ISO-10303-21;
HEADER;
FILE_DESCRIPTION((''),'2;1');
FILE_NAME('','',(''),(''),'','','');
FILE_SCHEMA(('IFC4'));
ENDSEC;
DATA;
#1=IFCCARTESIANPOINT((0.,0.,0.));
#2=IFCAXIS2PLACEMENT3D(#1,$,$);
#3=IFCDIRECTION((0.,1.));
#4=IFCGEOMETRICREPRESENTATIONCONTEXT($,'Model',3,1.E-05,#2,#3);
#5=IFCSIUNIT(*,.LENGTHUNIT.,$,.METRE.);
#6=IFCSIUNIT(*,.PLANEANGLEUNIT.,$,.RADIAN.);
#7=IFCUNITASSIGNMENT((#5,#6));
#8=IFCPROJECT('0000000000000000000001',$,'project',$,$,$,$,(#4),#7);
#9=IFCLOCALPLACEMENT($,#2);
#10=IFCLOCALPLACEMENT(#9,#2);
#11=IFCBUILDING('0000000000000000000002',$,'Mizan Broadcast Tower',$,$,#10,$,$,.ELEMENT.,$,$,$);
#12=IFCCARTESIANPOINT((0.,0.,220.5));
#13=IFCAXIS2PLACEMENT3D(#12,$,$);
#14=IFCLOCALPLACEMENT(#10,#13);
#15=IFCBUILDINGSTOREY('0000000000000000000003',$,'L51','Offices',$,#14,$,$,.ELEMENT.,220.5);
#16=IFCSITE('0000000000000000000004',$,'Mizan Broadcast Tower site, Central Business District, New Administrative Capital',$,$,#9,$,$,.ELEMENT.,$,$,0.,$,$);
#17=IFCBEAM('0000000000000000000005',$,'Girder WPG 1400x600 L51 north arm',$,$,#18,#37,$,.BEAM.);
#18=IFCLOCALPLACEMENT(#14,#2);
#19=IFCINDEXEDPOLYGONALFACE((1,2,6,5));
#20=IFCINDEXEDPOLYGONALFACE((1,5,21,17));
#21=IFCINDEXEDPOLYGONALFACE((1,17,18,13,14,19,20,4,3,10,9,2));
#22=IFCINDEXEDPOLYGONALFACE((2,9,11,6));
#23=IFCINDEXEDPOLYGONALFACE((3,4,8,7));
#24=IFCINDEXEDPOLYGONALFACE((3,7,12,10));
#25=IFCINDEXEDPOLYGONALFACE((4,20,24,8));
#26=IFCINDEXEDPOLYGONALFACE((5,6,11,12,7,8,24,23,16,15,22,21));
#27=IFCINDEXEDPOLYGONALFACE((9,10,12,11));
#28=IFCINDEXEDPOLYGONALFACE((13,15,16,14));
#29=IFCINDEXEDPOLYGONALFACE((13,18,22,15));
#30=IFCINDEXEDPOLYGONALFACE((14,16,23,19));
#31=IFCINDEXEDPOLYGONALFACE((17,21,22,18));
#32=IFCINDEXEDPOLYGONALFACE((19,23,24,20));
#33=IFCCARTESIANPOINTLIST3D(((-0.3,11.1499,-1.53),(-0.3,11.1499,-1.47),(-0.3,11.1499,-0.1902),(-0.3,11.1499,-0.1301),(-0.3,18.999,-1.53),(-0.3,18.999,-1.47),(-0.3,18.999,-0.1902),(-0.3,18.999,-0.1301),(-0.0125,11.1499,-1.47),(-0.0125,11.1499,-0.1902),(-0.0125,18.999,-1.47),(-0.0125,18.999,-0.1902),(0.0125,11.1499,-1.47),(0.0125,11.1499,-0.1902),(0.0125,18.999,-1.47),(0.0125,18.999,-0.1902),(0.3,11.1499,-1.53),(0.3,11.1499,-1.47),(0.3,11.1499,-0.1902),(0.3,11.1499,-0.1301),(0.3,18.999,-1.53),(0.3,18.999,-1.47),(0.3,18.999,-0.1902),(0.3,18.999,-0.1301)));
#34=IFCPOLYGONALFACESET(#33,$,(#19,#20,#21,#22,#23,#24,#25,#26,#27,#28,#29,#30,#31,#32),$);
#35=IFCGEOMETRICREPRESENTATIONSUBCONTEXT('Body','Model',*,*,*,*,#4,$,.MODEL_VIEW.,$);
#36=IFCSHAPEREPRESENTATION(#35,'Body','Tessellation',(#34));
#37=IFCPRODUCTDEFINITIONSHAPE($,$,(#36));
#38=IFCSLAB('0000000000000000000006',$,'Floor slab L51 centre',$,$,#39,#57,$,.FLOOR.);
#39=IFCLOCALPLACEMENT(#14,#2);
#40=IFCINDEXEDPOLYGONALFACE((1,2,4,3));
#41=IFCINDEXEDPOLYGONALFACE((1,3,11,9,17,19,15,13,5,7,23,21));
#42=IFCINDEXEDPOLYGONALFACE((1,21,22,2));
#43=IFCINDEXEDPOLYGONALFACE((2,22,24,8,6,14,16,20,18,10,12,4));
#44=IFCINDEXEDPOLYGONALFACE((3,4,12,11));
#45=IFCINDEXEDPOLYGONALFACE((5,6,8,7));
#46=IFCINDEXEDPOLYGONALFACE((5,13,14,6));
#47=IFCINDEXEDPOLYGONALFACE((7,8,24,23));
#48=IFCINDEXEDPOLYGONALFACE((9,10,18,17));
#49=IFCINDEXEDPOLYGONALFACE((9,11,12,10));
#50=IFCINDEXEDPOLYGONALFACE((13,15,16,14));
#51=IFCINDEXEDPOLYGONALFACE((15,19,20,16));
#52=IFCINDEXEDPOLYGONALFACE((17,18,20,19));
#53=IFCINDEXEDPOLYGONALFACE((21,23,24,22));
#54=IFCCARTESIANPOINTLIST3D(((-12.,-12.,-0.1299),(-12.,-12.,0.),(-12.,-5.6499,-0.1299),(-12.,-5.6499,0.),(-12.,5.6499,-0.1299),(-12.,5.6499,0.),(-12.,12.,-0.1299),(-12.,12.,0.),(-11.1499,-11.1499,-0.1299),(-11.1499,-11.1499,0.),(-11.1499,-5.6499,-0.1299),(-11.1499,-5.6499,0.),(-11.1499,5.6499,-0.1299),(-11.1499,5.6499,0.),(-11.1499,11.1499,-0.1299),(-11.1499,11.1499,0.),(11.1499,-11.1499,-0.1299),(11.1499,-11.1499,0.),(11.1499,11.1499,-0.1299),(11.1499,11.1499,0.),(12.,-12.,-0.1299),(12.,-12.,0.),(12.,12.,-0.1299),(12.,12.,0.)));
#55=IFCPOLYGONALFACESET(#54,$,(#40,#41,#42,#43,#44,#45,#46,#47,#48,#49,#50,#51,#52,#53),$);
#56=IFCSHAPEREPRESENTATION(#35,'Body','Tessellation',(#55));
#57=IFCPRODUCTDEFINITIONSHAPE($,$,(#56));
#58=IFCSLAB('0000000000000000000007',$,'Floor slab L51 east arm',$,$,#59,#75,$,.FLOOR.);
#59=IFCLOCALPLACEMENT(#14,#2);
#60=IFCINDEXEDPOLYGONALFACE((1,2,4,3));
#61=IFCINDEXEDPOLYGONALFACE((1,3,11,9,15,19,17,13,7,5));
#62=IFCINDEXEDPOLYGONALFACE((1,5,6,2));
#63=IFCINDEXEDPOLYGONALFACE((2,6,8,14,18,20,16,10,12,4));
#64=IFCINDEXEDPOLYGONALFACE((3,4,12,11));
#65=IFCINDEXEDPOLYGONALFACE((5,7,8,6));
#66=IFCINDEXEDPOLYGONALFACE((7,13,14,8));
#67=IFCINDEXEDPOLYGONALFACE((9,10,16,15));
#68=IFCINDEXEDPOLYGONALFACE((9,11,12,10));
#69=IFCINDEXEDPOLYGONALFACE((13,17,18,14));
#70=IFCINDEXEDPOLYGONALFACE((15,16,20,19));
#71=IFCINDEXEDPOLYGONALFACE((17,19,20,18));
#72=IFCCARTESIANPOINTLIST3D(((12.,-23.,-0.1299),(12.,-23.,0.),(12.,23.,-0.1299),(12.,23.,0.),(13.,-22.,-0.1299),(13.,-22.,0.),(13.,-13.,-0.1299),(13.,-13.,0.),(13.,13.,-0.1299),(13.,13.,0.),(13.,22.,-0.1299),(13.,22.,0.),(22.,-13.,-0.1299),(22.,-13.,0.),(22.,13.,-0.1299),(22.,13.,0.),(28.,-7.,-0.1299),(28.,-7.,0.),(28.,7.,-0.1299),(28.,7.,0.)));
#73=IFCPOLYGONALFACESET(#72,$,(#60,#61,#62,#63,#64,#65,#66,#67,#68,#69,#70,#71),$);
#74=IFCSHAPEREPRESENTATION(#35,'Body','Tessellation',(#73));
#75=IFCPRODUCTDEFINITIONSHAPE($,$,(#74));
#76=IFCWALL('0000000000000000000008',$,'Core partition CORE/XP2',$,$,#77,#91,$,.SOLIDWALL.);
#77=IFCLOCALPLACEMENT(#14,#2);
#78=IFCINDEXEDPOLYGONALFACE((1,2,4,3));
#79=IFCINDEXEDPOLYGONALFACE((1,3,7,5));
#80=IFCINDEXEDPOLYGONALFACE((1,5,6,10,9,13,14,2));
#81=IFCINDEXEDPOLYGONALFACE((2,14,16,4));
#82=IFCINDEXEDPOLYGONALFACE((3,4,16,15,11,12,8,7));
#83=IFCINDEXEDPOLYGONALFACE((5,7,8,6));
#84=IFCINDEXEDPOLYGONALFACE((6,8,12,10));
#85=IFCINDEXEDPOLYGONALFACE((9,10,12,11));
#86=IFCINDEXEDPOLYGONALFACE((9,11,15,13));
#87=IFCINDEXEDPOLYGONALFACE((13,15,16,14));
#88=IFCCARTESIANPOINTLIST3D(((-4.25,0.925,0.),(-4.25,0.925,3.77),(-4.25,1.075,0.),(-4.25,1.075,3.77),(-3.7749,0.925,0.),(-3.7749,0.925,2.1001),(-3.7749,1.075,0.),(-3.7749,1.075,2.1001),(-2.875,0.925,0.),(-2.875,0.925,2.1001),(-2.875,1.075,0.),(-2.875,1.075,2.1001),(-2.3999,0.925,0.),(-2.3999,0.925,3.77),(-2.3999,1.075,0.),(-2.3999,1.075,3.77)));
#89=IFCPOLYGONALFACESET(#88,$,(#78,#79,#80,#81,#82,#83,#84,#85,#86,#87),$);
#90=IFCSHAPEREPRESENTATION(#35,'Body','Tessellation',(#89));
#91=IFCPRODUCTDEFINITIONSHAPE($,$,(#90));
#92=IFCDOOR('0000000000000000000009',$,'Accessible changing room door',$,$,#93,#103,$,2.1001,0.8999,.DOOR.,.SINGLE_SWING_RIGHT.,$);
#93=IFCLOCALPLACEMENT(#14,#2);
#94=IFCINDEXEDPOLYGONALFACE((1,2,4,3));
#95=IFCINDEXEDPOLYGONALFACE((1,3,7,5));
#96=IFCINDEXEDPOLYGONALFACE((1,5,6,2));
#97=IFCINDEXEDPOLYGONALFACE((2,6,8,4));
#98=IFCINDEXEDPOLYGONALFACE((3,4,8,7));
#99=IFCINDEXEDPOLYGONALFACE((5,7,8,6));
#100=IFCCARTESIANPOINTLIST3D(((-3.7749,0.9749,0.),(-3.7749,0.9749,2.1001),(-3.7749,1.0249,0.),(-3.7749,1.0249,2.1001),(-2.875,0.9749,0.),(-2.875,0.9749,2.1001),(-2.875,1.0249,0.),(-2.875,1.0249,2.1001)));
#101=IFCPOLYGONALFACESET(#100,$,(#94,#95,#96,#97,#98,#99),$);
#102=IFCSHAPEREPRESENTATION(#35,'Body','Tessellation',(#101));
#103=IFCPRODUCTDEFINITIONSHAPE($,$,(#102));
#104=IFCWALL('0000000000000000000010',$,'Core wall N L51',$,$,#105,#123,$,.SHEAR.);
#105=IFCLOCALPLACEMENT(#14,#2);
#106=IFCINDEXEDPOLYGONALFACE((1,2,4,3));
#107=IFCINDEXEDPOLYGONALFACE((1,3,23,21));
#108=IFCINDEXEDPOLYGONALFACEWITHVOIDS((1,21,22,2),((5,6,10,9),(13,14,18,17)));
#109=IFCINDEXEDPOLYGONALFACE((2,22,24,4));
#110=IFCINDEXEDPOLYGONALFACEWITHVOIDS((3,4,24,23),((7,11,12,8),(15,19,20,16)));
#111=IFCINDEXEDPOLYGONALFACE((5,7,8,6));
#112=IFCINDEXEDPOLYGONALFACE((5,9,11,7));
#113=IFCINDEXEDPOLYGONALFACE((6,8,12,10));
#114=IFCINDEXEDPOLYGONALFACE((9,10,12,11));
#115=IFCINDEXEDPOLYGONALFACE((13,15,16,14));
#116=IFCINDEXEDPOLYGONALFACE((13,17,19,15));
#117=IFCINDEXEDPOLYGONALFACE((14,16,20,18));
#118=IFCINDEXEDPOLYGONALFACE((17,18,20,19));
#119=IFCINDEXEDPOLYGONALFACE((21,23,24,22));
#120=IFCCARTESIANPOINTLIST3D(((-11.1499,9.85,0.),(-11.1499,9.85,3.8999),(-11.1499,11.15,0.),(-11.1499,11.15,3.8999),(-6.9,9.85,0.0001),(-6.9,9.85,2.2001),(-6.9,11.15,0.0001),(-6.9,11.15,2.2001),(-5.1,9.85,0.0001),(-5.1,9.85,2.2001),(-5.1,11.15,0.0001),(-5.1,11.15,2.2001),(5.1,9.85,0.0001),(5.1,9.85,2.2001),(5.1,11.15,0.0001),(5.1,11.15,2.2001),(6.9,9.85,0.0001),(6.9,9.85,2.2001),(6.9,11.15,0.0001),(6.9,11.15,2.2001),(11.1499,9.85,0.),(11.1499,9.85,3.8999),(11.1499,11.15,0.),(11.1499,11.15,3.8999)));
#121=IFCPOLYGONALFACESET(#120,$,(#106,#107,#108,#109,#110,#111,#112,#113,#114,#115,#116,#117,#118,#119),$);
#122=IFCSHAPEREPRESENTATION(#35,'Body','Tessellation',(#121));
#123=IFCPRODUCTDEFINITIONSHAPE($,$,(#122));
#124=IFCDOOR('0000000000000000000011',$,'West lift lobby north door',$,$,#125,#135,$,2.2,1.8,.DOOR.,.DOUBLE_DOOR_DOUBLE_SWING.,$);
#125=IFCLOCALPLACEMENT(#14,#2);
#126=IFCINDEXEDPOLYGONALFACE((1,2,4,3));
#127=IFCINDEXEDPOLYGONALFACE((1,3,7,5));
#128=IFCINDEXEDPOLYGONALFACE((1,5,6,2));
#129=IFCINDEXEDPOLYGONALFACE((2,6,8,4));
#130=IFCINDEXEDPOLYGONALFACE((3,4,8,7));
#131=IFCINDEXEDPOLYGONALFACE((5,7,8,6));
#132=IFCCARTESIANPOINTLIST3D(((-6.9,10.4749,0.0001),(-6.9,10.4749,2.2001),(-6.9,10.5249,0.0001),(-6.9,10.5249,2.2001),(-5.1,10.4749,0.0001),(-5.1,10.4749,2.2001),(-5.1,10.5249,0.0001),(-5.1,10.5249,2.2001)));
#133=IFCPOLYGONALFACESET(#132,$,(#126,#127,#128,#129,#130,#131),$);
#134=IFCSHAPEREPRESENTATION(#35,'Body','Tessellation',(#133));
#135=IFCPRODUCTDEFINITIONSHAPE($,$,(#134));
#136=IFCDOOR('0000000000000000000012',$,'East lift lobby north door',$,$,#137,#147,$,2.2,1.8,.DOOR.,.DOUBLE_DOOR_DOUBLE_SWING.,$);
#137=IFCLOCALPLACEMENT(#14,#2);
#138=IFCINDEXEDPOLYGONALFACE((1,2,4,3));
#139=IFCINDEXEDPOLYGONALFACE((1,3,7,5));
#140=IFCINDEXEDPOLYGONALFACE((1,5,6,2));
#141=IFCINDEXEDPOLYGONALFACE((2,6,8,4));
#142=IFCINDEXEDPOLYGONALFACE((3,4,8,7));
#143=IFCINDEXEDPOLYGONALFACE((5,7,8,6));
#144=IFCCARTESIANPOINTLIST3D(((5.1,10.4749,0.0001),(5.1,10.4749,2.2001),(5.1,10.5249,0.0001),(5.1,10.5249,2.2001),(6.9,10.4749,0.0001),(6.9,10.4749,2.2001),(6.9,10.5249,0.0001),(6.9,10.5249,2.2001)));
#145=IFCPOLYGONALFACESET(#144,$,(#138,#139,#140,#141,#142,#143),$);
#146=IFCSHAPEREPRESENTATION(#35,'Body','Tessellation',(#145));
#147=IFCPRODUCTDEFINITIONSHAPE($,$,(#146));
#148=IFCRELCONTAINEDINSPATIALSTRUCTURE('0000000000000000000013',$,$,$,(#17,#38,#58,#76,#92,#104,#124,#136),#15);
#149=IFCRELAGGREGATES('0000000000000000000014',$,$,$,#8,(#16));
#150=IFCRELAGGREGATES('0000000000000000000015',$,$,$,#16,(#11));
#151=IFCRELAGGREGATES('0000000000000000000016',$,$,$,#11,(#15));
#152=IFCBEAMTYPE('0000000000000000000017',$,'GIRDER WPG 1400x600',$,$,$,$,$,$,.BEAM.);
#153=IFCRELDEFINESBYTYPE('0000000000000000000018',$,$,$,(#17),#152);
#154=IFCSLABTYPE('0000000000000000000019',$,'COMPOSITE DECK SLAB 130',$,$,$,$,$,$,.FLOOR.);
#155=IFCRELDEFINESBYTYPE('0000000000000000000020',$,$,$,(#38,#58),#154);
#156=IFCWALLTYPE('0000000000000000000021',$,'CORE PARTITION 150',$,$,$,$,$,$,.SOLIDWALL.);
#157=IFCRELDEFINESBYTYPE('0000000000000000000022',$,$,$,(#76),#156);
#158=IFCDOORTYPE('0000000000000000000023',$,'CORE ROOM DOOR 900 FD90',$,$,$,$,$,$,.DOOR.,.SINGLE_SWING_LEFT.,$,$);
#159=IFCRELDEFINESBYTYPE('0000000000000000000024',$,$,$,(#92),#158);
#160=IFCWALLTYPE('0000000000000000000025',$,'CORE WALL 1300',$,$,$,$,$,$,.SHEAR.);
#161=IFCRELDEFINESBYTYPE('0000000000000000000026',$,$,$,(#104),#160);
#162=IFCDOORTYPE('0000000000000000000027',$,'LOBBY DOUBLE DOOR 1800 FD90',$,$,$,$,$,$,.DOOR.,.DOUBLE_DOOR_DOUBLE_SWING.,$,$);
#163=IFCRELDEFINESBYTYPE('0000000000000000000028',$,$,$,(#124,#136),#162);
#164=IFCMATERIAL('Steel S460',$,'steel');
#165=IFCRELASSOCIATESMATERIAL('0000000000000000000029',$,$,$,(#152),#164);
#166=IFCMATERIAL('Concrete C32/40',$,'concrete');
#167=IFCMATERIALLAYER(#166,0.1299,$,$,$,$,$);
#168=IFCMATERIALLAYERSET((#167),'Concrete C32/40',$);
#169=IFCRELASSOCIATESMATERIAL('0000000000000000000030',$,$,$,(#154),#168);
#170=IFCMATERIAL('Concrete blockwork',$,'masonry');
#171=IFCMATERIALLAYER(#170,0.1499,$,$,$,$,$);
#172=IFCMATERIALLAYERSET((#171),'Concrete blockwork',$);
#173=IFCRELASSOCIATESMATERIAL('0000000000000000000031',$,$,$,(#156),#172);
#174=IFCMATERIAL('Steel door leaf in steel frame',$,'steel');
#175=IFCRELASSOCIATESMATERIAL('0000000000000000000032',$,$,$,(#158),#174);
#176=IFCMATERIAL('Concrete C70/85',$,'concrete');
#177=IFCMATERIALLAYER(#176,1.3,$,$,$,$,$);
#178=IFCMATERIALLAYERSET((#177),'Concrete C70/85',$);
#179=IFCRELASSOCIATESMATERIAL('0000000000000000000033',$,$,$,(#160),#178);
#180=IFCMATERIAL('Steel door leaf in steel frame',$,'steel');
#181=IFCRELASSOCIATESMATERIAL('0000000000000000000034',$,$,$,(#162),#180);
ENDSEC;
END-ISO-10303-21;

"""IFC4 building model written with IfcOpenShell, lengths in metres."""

from ifc_helpers import new_model, si_unit, direction, frame, frame_2d, origin, origin_2d, place, context, subcontext, project, spatial, polyline, rectangle, i_section, outline, extrude, material, layer, layer_set, material_profile, profile_set, type_object, element, fill, save


model = new_model("IFC4")

# Units and contexts
model_context = context("Model", 3, precision=1e-05, world=origin(), true_north=direction((0.0, 1.0)))
body_context = subcontext(model_context, "Body", "Model", "MODEL_VIEW")
ifc_project = project(units=[si_unit("LENGTHUNIT", "METRE"), si_unit("PLANEANGLEUNIT", "RADIAN")], contexts=[model_context])

# Site, building, storey
site_placement = place(None, origin())
site = spatial("IfcSite", under=ifc_project, at=site_placement, Name="Mizan Broadcast Tower site, Central Business District, New Administrative Capital", CompositionType="ELEMENT", RefElevation=0.0)
building_placement = place(site_placement, origin())
building = spatial("IfcBuilding", under=site, at=building_placement, Name="Mizan Broadcast Tower", CompositionType="ELEMENT")
storey_placement = place(building_placement, frame((0.0, 0.0, 220.5)))
storey = spatial("IfcBuildingStorey", under=building, at=storey_placement, Name="L51", Description="Offices", CompositionType="ELEMENT", Elevation=220.5)

# Beam
ifc_material_1 = material(Name="Steel S460", Category="steel")
ifc_material_profile = material_profile(ifc_material_1, i_section(OverallWidth=0.6001, OverallDepth=1.3999, WebThickness=0.0249, FlangeThickness=0.0601, at=origin_2d()), Name="WPG 1400x600")
ifc_profile_set = profile_set([ifc_material_profile], Name="Steel S460")
beam_type = type_object("IfcBeamType", Name="GIRDER WPG 1400x600", PredefinedType="BEAM", material=ifc_profile_set)
beam_placement = place(storey_placement, frame((0.0, 11.1499, -0.8301), z_axis=(0.0, 1.0, 0.0), x_axis=(-1.0, 0.0, 0.0)))
element("IfcBeam", 1, at=beam_placement, inside=storey, type_object=beam_type, Name="Girder WPG 1400x600 L51 north arm", PredefinedType="BEAM", context=body_context, shape_type="SweptSolid", body=[
    extrude(i_section(OverallWidth=0.6001, OverallDepth=1.3999, WebThickness=0.0249, FlangeThickness=0.0601, at=origin_2d()), origin(), (0.0, 0.0, 1.0), 7.8491),
])

# Slabs
ifc_material_2 = material(Name="Concrete C32/40", Category="concrete")
ifc_layer_1 = layer(ifc_material_2, 0.1299)
ifc_layer_set_1 = layer_set([ifc_layer_1], Name="Concrete C32/40")
slab_type = type_object("IfcSlabType", Name="COMPOSITE DECK SLAB 130", PredefinedType="FLOOR", material=ifc_layer_set_1)
slab_1_placement = place(storey_placement, frame((0.0, 0.0, -0.1299)))
element("IfcSlab", 2, at=slab_1_placement, inside=storey, type_object=slab_type, Name="Floor slab L51 centre", PredefinedType="FLOOR", context=body_context, shape_type="SweptSolid", body=[
    extrude(outline(polyline([(-11.1499, -5.6499), (-12.0, -5.6499), (-12.0, -12.0), (12.0, -12.0), (12.0, 12.0), (-12.0, 12.0), (-12.0, 5.6499), (-11.1499, 5.6499), (-11.1499, 11.1499), (11.1499, 11.1499), (11.1499, -11.1499), (-11.1499, -11.1499), (-11.1499, -5.6499)])), origin(), (0.0, 0.0, 1.0), 0.1299),
])
slab_2_placement = place(storey_placement, frame((0.0, 0.0, -0.1299)))
element("IfcSlab", 3, at=slab_2_placement, inside=storey, type_object=slab_type, Name="Floor slab L51 east arm", PredefinedType="FLOOR", context=body_context, shape_type="SweptSolid", body=[
    extrude(outline(polyline([(13.0, 22.0), (12.0, 23.0), (12.0, -23.0), (13.0, -22.0), (13.0, -13.0), (22.0, -13.0), (28.0, -7.0), (28.0, 7.0), (22.0, 13.0), (13.0, 13.0), (13.0, 22.0)])), origin(), (0.0, 0.0, 1.0), 0.1299),
])

# Wall, opening, door
ifc_material_3 = material(Name="Concrete blockwork", Category="masonry")
ifc_layer_2 = layer(ifc_material_3, 0.1499)
ifc_layer_set_2 = layer_set([ifc_layer_2], Name="Concrete blockwork")
wall_type_1 = type_object("IfcWallType", Name="CORE PARTITION 150", PredefinedType="SOLIDWALL", material=ifc_layer_set_2)
wall_1_placement = place(storey_placement, frame((-4.25, 1.0, 0.0), z_axis=(0.0, 0.0, 1.0), x_axis=(1.0, 0.0, 0.0)))
wall_1 = element("IfcWall", 4, at=wall_1_placement, inside=storey, type_object=wall_type_1, Name="Core partition CORE/XP2", PredefinedType="SOLIDWALL", context=body_context, shape_type="SweptSolid", body=[
    extrude(rectangle(XDim=1.8501, YDim=0.1499, at=frame_2d((0.925, 0.0))), origin(), (0.0, 0.0, 1.0), 3.77),
])
opening_1_placement = place(wall_1_placement, frame((0.4751, 0.0, 0.0)))
opening_1 = element("IfcOpeningElement", 5, at=opening_1_placement, cuts=wall_1, PredefinedType="OPENING", context=body_context, shape_type="SweptSolid", body=[
    extrude(rectangle(XDim=0.8999, YDim=2.1001, at=frame_2d((0.45, 1.05))), frame((0.0, 0.085, 0.0), z_axis=(0.0, -1.0, 0.0), x_axis=(1.0, 0.0, 0.0)), (0.0, 0.0, 1.0), 0.1699),
])
ifc_material_4 = material(Name="Steel door leaf in steel frame", Category="steel")
door_type_1 = type_object("IfcDoorType", Name="CORE ROOM DOOR 900 FD90", OperationType="SINGLE_SWING_LEFT", PredefinedType="DOOR", material=ifc_material_4)
door_1_placement = place(opening_1_placement, origin())
door_1 = element("IfcDoor", 6, at=door_1_placement, inside=storey, type_object=door_type_1, Name="Accessible changing room door", OperationType="SINGLE_SWING_RIGHT", OverallHeight=2.1001, OverallWidth=0.8999, PredefinedType="DOOR", context=body_context, shape_type="SweptSolid", body=[
    extrude(rectangle(XDim=0.8999, YDim=2.1001, at=frame_2d((0.45, 1.05))), frame((0.0, 0.0249, 0.0), z_axis=(0.0, -1.0, 0.0), x_axis=(1.0, 0.0, 0.0)), (0.0, 0.0, 1.0), 0.05),
])
fill(opening_1, door_1)

# Wall, openings, doors
ifc_material_5 = material(Name="Concrete C70/85", Category="concrete")
ifc_layer_3 = layer(ifc_material_5, 1.3)
ifc_layer_set_3 = layer_set([ifc_layer_3], Name="Concrete C70/85")
wall_type_2 = type_object("IfcWallType", Name="CORE WALL 1300", PredefinedType="SHEAR", material=ifc_layer_set_3)
wall_2_placement = place(storey_placement, frame((-11.1499, 10.5, 0.0), z_axis=(0.0, 0.0, 1.0), x_axis=(1.0, 0.0, 0.0)))
wall_2 = element("IfcWall", 7, at=wall_2_placement, inside=storey, type_object=wall_type_2, Name="Core wall N L51", PredefinedType="SHEAR", context=body_context, shape_type="SweptSolid", body=[
    extrude(rectangle(XDim=22.2998, YDim=1.3, at=frame_2d((11.1499, 0.0))), origin(), (0.0, 0.0, 1.0), 3.8999),
])
opening_2_placement = place(wall_2_placement, frame((4.25, 0.0, 0.0)))
opening_2 = element("IfcOpeningElement", 8, at=opening_2_placement, cuts=wall_2, PredefinedType="OPENING", context=body_context, shape_type="SweptSolid", body=[
    extrude(rectangle(XDim=1.8, YDim=2.2, at=frame_2d((0.8999, 1.1001))), frame((0.0, 0.6599, 0.0), z_axis=(0.0, -1.0, 0.0), x_axis=(1.0, 0.0, 0.0)), (0.0, 0.0, 1.0), 1.3201),
])
opening_3_placement = place(wall_2_placement, frame((16.25, 0.0, 0.0)))
opening_3 = element("IfcOpeningElement", 9, at=opening_3_placement, cuts=wall_2, PredefinedType="OPENING", context=body_context, shape_type="SweptSolid", body=[
    extrude(rectangle(XDim=1.8, YDim=2.2, at=frame_2d((0.8999, 1.1001))), frame((0.0, 0.6599, 0.0), z_axis=(0.0, -1.0, 0.0), x_axis=(1.0, 0.0, 0.0)), (0.0, 0.0, 1.0), 1.3201),
])
ifc_material_6 = material(Name="Steel door leaf in steel frame", Category="steel")
door_type_2 = type_object("IfcDoorType", Name="LOBBY DOUBLE DOOR 1800 FD90", OperationType="DOUBLE_DOOR_DOUBLE_SWING", PredefinedType="DOOR", material=ifc_material_6)
door_2_placement = place(opening_2_placement, origin())
door_2 = element("IfcDoor", 10, at=door_2_placement, inside=storey, type_object=door_type_2, Name="West lift lobby north door", OperationType="DOUBLE_DOOR_DOUBLE_SWING", OverallHeight=2.2, OverallWidth=1.8, PredefinedType="DOOR", context=body_context, shape_type="SweptSolid", body=[
    extrude(rectangle(XDim=1.8, YDim=2.2, at=frame_2d((0.8999, 1.1001))), frame((0.0, 0.0249, 0.0), z_axis=(0.0, -1.0, 0.0), x_axis=(1.0, 0.0, 0.0)), (0.0, 0.0, 1.0), 0.05),
])
fill(opening_2, door_2)
door_3_placement = place(opening_3_placement, origin())
door_3 = element("IfcDoor", 11, at=door_3_placement, inside=storey, type_object=door_type_2, Name="East lift lobby north door", OperationType="DOUBLE_DOOR_DOUBLE_SWING", OverallHeight=2.2, OverallWidth=1.8, PredefinedType="DOOR", context=body_context, shape_type="SweptSolid", body=[
    extrude(rectangle(XDim=1.8, YDim=2.2, at=frame_2d((0.8999, 1.1001))), frame((0.0, 0.0249, 0.0), z_axis=(0.0, -1.0, 0.0), x_axis=(1.0, 0.0, 0.0)), (0.0, 0.0, 1.0), 0.05),
])
fill(opening_3, door_3)

save(model, "model.ifc")
